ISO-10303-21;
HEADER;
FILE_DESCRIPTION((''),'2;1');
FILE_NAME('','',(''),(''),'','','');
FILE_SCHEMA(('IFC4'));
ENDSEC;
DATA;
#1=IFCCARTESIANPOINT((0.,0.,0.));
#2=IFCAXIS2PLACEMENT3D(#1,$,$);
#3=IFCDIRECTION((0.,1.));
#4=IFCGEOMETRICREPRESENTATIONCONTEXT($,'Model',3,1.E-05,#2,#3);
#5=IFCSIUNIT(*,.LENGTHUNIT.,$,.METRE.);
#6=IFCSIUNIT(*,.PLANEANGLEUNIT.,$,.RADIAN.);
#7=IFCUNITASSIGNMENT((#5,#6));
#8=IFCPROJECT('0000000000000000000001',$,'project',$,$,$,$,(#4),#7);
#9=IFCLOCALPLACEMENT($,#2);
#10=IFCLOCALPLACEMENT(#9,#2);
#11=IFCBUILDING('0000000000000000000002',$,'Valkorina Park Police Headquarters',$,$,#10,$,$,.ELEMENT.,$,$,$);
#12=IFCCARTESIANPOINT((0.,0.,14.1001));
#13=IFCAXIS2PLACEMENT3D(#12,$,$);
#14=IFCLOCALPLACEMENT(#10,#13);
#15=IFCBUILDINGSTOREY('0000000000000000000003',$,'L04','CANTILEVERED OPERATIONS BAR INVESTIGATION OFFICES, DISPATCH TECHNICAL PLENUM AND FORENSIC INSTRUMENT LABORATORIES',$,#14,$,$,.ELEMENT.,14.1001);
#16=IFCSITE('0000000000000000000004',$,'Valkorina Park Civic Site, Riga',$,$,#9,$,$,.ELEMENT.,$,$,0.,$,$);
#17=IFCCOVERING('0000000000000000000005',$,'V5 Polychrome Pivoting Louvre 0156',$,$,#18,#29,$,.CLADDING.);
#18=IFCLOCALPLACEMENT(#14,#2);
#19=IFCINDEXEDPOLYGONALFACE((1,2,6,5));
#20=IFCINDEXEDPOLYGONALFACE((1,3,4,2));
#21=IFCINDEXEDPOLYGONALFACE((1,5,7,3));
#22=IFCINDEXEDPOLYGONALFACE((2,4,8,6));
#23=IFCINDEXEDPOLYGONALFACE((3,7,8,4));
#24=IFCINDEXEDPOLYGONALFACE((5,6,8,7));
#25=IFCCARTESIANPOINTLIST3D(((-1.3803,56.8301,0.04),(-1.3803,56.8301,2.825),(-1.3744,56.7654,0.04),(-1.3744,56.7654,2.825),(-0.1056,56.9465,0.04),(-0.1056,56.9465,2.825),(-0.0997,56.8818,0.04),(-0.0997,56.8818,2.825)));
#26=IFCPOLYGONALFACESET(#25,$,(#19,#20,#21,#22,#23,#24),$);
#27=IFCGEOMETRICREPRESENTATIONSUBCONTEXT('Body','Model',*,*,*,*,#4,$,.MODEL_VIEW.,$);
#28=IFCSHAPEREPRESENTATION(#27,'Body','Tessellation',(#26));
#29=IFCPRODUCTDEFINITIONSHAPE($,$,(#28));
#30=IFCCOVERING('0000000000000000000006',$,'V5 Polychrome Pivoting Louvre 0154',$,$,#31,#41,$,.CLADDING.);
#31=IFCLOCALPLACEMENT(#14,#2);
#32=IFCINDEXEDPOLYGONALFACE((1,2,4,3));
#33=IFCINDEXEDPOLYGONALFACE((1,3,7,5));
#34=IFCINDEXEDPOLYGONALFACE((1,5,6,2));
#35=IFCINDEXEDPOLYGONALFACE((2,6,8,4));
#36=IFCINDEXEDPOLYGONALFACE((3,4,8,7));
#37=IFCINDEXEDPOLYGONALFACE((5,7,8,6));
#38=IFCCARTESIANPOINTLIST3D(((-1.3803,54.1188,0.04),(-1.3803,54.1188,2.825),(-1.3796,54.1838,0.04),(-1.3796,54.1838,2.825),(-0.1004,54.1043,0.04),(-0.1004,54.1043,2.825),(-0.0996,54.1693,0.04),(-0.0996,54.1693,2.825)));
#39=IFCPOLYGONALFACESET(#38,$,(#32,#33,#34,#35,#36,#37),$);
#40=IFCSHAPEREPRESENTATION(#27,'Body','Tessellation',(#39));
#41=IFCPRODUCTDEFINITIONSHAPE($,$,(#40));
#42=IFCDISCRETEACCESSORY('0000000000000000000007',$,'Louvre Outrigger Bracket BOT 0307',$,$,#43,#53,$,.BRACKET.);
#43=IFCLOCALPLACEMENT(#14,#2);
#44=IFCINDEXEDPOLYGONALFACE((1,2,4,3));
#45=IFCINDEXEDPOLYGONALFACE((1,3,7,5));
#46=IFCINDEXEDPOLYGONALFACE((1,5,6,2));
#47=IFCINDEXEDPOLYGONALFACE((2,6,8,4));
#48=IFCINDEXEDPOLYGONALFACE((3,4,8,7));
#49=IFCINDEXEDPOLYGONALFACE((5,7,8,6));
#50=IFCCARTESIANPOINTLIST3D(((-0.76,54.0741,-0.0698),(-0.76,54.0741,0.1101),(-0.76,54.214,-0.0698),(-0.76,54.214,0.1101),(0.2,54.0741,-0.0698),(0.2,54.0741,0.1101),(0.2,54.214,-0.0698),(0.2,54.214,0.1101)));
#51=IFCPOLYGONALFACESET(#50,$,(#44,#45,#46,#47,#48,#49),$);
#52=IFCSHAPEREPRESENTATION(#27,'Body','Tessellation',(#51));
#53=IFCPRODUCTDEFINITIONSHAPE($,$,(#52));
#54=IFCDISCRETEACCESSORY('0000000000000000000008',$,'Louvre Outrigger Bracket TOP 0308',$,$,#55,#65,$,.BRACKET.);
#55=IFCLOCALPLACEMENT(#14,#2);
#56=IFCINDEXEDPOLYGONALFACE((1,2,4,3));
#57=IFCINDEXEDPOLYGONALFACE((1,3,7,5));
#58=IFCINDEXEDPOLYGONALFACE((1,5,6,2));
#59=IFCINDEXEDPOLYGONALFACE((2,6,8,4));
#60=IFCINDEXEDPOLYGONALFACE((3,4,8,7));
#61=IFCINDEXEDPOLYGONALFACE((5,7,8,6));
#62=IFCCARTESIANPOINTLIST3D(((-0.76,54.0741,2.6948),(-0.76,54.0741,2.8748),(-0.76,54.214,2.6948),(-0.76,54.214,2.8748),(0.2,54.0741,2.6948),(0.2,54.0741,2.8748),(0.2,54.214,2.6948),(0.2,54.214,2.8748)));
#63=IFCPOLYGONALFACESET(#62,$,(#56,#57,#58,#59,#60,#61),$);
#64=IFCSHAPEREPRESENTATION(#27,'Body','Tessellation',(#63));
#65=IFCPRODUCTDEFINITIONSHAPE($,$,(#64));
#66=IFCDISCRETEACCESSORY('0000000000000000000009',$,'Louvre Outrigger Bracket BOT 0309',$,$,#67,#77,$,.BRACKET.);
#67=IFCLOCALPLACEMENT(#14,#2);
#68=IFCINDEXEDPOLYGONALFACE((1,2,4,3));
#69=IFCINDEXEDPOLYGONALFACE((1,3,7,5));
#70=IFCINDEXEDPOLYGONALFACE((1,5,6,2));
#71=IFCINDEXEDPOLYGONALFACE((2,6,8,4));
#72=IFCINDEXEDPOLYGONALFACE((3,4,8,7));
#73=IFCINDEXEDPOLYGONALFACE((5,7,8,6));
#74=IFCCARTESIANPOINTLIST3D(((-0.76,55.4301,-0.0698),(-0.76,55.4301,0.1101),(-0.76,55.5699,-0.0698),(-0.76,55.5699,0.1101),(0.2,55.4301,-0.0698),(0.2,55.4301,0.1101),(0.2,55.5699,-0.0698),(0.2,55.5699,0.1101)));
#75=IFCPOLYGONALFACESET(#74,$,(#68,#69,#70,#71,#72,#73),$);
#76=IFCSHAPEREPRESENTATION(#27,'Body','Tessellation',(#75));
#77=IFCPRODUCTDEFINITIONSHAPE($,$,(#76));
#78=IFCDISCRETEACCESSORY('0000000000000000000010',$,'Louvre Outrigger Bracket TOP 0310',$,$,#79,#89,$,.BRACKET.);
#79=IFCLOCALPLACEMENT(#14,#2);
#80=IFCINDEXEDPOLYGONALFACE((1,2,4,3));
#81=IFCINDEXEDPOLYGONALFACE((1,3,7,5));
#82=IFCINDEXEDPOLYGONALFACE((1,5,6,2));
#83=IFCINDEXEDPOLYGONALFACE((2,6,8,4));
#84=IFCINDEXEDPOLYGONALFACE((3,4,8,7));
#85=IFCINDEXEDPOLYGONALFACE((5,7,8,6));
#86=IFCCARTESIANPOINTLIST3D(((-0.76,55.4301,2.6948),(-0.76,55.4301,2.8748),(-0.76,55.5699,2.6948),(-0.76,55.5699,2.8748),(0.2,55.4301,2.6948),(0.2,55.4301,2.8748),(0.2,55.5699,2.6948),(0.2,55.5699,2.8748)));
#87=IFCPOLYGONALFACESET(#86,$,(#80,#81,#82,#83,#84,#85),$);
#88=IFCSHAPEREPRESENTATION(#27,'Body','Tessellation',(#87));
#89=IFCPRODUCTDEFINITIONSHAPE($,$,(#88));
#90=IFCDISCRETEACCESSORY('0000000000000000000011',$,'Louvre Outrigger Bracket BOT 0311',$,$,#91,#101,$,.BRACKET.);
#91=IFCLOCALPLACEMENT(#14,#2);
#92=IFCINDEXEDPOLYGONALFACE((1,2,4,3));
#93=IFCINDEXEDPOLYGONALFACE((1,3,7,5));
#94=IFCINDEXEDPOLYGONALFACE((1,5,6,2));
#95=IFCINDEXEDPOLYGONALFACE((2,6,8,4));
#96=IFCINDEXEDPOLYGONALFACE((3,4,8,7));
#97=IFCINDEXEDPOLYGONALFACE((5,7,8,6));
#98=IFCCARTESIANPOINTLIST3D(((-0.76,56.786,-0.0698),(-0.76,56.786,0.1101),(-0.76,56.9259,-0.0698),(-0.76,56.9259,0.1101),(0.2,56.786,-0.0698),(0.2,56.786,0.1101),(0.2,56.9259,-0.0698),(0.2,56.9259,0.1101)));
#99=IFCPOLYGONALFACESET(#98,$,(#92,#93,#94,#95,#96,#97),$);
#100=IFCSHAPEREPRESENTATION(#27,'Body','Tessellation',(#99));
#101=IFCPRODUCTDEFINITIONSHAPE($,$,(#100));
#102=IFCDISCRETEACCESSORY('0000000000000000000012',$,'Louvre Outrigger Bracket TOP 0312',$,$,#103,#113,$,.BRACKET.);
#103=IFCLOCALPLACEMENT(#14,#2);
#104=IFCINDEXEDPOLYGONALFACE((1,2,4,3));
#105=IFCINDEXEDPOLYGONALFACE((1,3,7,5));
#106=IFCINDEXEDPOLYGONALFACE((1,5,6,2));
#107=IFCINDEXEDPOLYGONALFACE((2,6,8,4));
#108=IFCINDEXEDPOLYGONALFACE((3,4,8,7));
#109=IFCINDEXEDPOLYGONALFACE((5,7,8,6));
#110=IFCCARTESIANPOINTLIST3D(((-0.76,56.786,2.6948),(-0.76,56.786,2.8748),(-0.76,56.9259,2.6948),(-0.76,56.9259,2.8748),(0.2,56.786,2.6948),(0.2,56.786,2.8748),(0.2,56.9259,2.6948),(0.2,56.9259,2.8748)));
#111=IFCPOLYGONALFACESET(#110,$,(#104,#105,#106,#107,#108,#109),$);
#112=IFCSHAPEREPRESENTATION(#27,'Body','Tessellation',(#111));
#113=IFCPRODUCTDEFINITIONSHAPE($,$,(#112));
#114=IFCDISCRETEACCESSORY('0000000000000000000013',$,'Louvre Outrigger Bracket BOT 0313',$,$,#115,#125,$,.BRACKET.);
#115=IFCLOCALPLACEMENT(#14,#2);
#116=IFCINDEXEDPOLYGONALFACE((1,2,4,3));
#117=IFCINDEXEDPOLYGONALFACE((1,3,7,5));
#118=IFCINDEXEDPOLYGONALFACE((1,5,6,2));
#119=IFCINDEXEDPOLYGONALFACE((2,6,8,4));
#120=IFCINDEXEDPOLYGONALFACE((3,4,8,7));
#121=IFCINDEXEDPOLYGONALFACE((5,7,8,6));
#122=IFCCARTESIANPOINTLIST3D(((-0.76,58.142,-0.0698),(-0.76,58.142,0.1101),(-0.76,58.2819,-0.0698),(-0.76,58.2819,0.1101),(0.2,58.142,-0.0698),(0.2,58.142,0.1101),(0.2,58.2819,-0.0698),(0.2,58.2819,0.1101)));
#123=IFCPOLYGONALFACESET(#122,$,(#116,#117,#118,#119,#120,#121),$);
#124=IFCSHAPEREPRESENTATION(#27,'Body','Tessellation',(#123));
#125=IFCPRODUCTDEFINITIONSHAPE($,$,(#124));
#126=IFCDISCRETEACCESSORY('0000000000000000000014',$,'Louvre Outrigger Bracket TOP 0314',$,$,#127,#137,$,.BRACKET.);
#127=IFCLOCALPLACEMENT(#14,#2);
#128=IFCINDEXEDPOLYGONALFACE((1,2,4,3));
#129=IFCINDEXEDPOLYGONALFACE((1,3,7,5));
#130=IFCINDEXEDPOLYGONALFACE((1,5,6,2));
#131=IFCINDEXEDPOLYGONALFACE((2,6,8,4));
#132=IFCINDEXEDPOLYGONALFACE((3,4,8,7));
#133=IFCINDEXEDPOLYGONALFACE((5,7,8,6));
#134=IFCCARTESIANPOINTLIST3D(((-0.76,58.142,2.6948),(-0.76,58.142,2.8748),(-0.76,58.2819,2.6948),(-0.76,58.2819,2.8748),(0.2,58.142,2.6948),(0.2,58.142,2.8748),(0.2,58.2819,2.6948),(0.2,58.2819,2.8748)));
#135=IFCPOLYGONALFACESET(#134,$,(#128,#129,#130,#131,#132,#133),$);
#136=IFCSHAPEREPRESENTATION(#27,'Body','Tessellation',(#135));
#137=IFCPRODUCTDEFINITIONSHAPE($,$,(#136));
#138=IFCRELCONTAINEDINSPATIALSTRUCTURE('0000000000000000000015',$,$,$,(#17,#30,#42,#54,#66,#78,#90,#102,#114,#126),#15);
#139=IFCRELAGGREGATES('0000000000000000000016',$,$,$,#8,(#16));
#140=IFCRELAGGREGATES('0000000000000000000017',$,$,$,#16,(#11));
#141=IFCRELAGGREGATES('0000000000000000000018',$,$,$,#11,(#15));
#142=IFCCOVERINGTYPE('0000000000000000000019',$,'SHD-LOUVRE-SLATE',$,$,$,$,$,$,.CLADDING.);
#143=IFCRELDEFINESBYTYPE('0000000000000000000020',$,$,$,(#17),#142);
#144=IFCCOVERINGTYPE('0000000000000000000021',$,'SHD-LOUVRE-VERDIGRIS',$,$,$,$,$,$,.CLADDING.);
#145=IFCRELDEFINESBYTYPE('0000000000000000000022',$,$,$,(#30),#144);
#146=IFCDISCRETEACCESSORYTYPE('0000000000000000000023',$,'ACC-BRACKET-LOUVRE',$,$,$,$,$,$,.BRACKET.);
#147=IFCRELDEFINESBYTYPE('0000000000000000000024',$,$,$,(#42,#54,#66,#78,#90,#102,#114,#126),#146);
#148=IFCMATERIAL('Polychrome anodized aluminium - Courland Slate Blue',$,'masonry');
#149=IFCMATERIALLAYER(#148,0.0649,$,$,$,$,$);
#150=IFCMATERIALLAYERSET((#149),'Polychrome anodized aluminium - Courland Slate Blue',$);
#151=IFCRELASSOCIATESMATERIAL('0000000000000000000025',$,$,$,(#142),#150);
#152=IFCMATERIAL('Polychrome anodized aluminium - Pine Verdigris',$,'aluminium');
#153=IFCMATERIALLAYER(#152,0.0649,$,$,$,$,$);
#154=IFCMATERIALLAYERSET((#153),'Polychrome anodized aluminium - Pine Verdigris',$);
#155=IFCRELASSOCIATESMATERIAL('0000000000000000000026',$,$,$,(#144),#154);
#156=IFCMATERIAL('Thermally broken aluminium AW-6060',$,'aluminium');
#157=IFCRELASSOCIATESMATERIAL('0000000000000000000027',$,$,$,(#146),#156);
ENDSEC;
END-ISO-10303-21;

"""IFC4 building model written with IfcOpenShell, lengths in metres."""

from ifc_helpers import new_model, si_unit, direction, frame, origin, origin_2d, place, context, subcontext, project, spatial, rectangle, extrude, material, layer, layer_set, type_object, element, save


model = new_model("IFC4")

# Units and contexts
model_context = context("Model", 3, precision=1e-05, world=origin(), true_north=direction((0.0, 1.0)))
body_context = subcontext(model_context, "Body", "Model", "MODEL_VIEW")
ifc_project = project(units=[si_unit("LENGTHUNIT", "METRE"), si_unit("PLANEANGLEUNIT", "RADIAN")], contexts=[model_context])

# Site, building, storey
site_placement = place(None, origin())
site = spatial("IfcSite", under=ifc_project, at=site_placement, Name="Valkorina Park Civic Site, Riga", CompositionType="ELEMENT", RefElevation=0.0)
building_placement = place(site_placement, origin())
building = spatial("IfcBuilding", under=site, at=building_placement, Name="Valkorina Park Police Headquarters", CompositionType="ELEMENT")
storey_placement = place(building_placement, frame((0.0, 0.0, 14.1001)))
storey = spatial("IfcBuildingStorey", under=building, at=storey_placement, Name="L04", Description="CANTILEVERED OPERATIONS BAR INVESTIGATION OFFICES, DISPATCH TECHNICAL PLENUM AND FORENSIC INSTRUMENT LABORATORIES", CompositionType="ELEMENT", Elevation=14.1001)

# Shared definitions
ifc_material_1 = material(Name="Thermally broken aluminium AW-6060", Category="aluminium")

# Coverings
ifc_material_2 = material(Name="Polychrome anodized aluminium - Courland Slate Blue", Category="masonry")
ifc_layer_1 = layer(ifc_material_2, 0.0649)
ifc_layer_set_1 = layer_set([ifc_layer_1], Name="Polychrome anodized aluminium - Courland Slate Blue")
covering_type_1 = type_object("IfcCoveringType", Name="SHD-LOUVRE-SLATE", PredefinedType="CLADDING", material=ifc_layer_set_1)
covering_1_placement = place(storey_placement, frame((-0.74, 56.856, 0.04), z_axis=(0.0, 0.0, 1.0), x_axis=(-0.995853, -0.09098, 0.0)))
element("IfcCovering", 1, at=covering_1_placement, inside=storey, type_object=covering_type_1, Name="V5 Polychrome Pivoting Louvre 0156", PredefinedType="CLADDING", context=body_context, shape_type="SweptSolid", body=[
    extrude(rectangle(XDim=1.28, YDim=0.0649, at=origin_2d()), origin(), (0.0, 0.0, 1.0), 2.7849),
])
ifc_material_3 = material(Name="Polychrome anodized aluminium - Pine Verdigris", Category="aluminium")
ifc_layer_2 = layer(ifc_material_3, 0.0649)
ifc_layer_set_2 = layer_set([ifc_layer_2], Name="Polychrome anodized aluminium - Pine Verdigris")
covering_type_2 = type_object("IfcCoveringType", Name="SHD-LOUVRE-VERDIGRIS", PredefinedType="CLADDING", material=ifc_layer_set_2)
covering_2_placement = place(storey_placement, frame((-0.74, 54.144, 0.04), z_axis=(0.0, 0.0, 1.0), x_axis=(-0.999936, 0.011344, 0.0)))
element("IfcCovering", 2, at=covering_2_placement, inside=storey, type_object=covering_type_2, Name="V5 Polychrome Pivoting Louvre 0154", PredefinedType="CLADDING", context=body_context, shape_type="SweptSolid", body=[
    extrude(rectangle(XDim=1.28, YDim=0.0649, at=origin_2d()), origin(), (0.0, 0.0, 1.0), 2.7849),
])

# Discrete accessories
discrete_accessory_type = type_object("IfcDiscreteAccessoryType", Name="ACC-BRACKET-LOUVRE", PredefinedType="BRACKET", material=ifc_material_1)
for number, where, z_axis, x_axis, name in (
    (3, (-0.28, 54.144, -0.0698), (0.0, 0.0, 1.0), (-1.0, 0.0, 0.0), "Louvre Outrigger Bracket BOT 0307"),
    (4, (-0.28, 54.144, 2.6948), (0.0, 0.0, 1.0), (-1.0, 0.0, 0.0), "Louvre Outrigger Bracket TOP 0308"),
    (5, (-0.28, 55.5, -0.0698), (0.0, 0.0, 1.0), (-1.0, 0.0, 0.0), "Louvre Outrigger Bracket BOT 0309"),
    (6, (-0.28, 55.5, 2.6948), (0.0, 0.0, 1.0), (-1.0, 0.0, 0.0), "Louvre Outrigger Bracket TOP 0310"),
    (7, (-0.28, 56.856, -0.0698), (0.0, 0.0, 1.0), (-1.0, 0.0, 0.0), "Louvre Outrigger Bracket BOT 0311"),
    (8, (-0.28, 56.856, 2.6948), (0.0, 0.0, 1.0), (-1.0, 0.0, 0.0), "Louvre Outrigger Bracket TOP 0312"),
    (9, (-0.28, 58.2119, -0.0698), (0.0, 0.0, 1.0), (-1.0, 0.0, 0.0), "Louvre Outrigger Bracket BOT 0313"),
    (10, (-0.28, 58.2119, 2.6948), (0.0, 0.0, 1.0), (-1.0, 0.0, 0.0), "Louvre Outrigger Bracket TOP 0314"),
):
    element("IfcDiscreteAccessory", number, at=place(storey_placement, frame(where, z_axis=z_axis, x_axis=x_axis)), inside=storey, type_object=discrete_accessory_type, Name=name, PredefinedType="BRACKET", context=body_context, shape_type="SweptSolid", body=[
        extrude(rectangle(XDim=0.96, YDim=0.1399, at=origin_2d()), origin(), (0.0, 0.0, 1.0), 0.1799),
    ])

save(model, "model.ifc")
